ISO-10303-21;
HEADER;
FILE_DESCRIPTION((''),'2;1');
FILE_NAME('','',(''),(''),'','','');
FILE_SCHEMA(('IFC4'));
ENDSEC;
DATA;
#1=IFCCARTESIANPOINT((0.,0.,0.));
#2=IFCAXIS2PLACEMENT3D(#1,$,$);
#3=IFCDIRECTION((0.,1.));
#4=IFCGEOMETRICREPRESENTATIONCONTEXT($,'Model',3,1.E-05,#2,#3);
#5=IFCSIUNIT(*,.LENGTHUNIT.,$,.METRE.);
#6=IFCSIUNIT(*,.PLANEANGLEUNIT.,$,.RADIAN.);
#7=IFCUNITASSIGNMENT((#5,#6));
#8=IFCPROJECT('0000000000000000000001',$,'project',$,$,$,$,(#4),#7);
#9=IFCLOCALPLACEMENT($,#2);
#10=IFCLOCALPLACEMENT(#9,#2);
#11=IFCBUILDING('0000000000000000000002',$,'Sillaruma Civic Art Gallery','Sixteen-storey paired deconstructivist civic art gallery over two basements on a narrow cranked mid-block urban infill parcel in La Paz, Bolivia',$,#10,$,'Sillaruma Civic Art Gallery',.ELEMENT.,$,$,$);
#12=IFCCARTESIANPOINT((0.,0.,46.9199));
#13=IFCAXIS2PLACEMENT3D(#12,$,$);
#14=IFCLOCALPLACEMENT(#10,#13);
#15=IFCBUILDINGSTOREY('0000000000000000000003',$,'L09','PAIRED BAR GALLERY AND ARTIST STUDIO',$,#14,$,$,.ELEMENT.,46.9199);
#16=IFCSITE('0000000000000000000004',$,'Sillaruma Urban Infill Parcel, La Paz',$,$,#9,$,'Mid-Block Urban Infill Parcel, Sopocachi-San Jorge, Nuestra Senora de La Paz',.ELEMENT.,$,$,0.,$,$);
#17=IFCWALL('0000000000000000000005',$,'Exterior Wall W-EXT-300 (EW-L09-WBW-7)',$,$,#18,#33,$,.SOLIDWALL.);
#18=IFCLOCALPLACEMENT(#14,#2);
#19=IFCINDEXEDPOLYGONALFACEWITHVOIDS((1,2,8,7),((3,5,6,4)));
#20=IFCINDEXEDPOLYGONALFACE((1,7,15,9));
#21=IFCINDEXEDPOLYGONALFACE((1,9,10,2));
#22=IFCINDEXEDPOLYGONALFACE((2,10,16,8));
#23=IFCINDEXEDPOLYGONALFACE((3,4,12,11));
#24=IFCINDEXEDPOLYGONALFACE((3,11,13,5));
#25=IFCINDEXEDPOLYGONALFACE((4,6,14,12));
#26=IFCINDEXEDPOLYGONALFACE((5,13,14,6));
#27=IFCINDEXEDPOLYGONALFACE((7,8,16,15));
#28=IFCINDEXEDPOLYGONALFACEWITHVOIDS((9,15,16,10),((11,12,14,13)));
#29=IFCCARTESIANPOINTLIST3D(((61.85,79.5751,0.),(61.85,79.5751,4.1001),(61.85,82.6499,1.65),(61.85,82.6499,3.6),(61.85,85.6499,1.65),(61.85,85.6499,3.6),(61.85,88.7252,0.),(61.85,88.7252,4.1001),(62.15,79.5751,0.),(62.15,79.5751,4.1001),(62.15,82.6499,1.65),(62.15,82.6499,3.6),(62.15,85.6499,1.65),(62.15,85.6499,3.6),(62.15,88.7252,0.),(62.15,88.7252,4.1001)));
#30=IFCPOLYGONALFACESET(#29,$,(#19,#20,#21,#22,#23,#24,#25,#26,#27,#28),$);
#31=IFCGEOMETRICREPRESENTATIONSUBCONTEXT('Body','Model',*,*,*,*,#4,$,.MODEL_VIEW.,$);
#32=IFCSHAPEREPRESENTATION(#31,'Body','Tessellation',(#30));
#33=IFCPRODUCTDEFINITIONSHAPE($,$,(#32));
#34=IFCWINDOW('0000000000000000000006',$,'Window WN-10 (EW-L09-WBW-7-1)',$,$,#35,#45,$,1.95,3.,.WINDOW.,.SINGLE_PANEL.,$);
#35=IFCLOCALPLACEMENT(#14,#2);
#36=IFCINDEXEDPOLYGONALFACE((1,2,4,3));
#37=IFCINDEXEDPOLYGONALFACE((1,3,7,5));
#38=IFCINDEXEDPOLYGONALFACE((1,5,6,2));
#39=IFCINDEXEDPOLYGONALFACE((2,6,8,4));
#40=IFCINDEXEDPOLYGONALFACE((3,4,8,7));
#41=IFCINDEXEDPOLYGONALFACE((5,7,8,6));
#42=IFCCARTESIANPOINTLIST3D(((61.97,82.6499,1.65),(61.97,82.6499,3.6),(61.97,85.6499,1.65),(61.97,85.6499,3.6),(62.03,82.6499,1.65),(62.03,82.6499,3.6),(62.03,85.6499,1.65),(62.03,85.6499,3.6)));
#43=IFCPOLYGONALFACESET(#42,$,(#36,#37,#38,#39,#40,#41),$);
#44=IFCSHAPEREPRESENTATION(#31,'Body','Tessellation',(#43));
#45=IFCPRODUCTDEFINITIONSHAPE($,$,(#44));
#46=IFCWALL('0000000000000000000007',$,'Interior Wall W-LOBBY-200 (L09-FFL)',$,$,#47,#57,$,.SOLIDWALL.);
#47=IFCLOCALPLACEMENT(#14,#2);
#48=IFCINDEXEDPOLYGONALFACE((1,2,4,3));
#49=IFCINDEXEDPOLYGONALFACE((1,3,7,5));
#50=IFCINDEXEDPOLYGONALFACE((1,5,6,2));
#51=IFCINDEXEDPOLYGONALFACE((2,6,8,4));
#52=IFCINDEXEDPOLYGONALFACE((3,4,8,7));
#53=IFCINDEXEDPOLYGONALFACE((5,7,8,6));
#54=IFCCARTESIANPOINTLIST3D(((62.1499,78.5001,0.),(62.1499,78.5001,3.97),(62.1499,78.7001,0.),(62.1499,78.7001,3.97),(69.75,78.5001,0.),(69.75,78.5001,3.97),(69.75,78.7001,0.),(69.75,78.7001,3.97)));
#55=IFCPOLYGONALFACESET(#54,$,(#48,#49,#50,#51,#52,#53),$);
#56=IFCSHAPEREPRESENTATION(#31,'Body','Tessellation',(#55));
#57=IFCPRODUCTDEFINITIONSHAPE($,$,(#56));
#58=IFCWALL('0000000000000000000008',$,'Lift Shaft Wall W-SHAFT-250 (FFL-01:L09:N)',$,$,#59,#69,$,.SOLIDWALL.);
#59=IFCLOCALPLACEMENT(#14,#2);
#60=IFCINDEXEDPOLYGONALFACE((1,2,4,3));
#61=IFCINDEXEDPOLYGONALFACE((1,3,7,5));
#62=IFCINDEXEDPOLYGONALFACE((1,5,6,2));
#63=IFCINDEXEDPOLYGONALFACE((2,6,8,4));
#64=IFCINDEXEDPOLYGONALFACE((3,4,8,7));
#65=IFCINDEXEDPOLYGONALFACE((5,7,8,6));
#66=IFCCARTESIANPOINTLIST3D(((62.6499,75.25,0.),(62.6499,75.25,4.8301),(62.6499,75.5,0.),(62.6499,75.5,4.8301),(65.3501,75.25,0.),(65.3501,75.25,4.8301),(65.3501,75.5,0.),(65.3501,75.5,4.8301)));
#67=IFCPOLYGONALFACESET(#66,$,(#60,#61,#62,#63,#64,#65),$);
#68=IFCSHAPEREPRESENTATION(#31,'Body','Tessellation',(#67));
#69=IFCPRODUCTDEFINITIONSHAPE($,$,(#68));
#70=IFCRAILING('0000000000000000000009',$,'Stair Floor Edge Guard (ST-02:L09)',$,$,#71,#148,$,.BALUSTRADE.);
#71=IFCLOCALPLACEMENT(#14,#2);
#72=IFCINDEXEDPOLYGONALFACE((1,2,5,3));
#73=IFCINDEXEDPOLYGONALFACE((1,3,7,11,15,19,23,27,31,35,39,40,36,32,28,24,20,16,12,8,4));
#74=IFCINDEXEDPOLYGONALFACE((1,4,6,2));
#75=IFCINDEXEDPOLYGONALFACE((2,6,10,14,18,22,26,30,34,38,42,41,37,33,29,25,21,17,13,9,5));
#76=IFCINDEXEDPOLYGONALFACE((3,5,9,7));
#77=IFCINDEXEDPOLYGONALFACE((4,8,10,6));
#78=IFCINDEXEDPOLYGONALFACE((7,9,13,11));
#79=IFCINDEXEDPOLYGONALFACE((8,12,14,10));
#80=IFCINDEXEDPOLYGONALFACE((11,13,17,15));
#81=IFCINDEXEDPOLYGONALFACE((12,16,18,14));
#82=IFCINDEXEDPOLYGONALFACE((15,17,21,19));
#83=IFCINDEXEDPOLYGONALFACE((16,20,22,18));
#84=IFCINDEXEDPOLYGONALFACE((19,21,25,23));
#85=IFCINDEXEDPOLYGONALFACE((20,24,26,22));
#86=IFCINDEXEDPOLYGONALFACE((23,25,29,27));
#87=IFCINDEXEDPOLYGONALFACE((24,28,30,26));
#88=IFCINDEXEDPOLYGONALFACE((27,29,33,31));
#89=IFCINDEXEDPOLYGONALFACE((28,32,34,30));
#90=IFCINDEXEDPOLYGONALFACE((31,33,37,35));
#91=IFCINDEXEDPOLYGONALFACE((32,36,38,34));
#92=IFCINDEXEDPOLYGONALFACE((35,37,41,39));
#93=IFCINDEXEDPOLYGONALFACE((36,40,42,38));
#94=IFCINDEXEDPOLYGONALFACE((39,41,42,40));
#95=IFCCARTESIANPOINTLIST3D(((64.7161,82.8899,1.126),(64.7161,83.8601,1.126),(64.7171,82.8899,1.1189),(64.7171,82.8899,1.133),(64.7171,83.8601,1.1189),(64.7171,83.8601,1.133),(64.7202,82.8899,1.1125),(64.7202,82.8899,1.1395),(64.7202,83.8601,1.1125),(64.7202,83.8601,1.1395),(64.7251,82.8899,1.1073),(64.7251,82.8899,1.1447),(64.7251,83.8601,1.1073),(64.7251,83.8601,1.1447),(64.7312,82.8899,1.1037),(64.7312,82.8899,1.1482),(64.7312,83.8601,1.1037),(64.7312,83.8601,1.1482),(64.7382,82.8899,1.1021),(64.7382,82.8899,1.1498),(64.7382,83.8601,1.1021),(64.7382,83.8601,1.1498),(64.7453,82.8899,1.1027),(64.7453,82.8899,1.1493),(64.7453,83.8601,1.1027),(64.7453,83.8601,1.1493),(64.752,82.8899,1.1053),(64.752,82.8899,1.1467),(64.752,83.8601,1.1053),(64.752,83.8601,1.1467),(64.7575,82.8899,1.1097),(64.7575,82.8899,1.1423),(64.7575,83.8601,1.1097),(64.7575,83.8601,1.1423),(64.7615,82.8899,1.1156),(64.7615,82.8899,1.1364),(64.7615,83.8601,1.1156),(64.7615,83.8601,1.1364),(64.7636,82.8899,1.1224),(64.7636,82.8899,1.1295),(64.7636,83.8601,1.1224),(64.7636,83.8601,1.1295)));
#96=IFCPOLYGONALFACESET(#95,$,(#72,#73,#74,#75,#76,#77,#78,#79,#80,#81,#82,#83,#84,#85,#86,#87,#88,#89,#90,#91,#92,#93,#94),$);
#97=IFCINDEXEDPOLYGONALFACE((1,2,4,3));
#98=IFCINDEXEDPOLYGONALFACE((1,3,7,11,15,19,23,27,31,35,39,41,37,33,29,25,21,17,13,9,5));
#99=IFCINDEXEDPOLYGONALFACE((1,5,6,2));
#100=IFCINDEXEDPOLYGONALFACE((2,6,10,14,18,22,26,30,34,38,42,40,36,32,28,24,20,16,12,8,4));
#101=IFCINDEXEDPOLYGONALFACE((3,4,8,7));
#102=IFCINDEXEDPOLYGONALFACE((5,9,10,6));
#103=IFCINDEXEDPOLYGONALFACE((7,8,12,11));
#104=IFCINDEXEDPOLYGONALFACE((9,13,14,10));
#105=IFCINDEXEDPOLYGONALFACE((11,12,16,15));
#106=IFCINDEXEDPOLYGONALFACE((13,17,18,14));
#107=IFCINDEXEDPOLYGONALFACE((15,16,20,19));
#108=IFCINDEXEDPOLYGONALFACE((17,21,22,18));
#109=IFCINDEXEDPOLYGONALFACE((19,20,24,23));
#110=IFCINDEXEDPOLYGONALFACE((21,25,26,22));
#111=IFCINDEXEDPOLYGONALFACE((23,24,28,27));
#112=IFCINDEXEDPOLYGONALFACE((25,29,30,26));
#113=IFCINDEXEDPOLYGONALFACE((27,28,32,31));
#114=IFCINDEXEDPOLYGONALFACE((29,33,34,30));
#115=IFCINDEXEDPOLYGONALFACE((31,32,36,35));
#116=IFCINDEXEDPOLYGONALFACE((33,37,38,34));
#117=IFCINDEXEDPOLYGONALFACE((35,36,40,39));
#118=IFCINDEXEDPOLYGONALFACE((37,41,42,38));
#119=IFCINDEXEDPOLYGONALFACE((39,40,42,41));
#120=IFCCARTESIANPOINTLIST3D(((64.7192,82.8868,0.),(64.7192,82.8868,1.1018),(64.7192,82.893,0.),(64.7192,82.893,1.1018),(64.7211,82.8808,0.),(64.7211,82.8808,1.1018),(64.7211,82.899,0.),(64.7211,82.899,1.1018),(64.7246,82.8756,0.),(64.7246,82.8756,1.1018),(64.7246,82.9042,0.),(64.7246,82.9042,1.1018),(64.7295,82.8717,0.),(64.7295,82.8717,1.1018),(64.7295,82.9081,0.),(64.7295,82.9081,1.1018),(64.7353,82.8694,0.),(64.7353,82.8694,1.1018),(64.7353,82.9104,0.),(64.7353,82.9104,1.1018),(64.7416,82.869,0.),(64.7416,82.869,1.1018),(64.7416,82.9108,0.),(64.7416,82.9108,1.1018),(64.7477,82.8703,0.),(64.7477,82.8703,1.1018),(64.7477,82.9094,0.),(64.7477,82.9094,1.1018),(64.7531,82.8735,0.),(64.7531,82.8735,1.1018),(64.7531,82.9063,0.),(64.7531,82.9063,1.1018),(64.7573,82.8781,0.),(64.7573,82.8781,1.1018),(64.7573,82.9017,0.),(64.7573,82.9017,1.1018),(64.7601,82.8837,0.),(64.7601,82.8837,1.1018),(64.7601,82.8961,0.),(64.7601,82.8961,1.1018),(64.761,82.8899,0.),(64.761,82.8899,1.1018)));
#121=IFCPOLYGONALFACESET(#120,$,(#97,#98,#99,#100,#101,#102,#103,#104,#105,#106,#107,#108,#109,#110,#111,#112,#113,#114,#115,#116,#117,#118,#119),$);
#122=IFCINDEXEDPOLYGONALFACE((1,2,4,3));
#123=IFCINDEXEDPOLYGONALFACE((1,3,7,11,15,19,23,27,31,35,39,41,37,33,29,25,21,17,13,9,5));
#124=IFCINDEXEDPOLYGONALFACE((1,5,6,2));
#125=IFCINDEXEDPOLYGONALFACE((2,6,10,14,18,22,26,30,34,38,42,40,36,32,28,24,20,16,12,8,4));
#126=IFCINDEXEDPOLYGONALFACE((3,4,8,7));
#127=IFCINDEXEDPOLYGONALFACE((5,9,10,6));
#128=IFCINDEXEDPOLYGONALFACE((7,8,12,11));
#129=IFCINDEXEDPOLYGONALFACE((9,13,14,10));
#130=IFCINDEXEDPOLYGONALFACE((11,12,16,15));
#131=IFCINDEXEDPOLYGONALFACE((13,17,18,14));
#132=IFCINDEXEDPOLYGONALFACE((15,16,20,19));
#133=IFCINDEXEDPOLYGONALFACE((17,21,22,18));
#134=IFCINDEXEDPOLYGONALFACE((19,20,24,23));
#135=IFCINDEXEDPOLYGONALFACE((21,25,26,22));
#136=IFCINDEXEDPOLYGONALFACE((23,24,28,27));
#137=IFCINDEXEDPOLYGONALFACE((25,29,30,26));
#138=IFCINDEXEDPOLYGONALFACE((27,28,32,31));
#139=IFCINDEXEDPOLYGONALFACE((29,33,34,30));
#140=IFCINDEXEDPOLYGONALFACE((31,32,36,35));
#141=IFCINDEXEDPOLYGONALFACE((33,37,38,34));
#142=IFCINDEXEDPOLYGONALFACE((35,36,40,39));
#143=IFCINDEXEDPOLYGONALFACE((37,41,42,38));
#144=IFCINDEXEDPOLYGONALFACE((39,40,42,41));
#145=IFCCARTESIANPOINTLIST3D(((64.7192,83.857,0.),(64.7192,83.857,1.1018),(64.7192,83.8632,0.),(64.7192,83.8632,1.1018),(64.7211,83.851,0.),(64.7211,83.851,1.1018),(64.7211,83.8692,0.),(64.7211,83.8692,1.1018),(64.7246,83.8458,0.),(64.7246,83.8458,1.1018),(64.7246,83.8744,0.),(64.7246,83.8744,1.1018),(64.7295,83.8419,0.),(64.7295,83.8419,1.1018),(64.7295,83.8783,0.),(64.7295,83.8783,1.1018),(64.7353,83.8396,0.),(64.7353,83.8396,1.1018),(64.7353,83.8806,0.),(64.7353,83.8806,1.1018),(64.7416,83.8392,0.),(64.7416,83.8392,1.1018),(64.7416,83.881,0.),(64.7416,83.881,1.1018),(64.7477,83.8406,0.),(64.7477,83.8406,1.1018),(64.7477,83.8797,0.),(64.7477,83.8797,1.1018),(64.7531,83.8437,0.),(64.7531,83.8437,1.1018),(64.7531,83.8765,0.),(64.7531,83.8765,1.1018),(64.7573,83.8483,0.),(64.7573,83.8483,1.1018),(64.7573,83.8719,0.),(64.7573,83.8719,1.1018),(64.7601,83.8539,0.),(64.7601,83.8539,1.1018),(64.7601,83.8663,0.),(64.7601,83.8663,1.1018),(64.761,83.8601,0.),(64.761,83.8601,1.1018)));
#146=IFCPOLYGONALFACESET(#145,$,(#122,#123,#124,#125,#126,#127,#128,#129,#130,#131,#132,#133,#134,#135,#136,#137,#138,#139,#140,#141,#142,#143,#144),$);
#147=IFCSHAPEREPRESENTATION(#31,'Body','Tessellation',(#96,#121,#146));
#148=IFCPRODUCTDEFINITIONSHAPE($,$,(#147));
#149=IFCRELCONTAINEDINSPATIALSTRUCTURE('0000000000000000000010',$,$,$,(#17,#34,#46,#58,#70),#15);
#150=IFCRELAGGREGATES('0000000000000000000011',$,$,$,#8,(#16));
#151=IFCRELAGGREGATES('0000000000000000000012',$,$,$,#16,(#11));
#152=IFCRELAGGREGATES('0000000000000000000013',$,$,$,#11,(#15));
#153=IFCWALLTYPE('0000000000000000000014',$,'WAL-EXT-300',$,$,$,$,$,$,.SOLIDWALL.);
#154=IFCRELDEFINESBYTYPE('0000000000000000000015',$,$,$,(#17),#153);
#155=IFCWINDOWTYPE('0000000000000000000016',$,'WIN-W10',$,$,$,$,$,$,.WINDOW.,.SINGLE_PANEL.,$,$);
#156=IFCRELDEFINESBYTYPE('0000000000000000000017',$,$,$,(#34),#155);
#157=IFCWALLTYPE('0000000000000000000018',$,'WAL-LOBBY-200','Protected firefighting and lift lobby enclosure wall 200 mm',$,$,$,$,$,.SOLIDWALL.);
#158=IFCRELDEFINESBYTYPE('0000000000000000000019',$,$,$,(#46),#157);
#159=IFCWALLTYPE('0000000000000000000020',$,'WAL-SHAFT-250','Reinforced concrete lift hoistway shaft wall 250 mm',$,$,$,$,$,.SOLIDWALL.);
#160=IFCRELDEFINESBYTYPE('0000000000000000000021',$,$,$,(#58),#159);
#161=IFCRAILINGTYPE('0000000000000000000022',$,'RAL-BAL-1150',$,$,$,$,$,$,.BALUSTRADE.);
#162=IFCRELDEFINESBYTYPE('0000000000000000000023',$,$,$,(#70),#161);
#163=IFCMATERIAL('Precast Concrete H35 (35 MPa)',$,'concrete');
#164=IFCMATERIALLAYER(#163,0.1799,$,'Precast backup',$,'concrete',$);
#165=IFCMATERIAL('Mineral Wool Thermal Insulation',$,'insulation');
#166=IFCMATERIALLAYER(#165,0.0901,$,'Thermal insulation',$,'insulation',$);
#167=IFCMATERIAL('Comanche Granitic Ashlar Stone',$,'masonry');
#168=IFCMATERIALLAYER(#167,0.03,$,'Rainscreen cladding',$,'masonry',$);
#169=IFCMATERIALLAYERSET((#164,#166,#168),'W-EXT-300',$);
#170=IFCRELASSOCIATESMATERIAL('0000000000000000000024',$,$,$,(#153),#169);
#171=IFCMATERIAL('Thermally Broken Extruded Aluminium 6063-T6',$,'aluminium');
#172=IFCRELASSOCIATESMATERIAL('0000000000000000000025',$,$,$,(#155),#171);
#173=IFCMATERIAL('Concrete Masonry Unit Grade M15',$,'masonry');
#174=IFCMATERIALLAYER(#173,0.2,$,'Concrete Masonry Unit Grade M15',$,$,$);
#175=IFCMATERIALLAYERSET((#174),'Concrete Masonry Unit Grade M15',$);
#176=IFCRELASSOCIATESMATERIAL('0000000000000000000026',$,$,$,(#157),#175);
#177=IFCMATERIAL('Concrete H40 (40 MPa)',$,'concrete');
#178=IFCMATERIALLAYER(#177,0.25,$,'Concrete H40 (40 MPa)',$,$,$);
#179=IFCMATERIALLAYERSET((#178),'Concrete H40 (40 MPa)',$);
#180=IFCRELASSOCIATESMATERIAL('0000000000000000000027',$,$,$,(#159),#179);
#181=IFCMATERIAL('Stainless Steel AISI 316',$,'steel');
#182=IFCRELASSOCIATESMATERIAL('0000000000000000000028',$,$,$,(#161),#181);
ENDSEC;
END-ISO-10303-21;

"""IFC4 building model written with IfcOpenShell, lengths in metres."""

from ifc_helpers import new_model, si_unit, direction, frame, frame_2d, origin, origin_2d, place, context, subcontext, project, spatial, rectangle, circle, extrude, material, layer, layer_set, type_object, element, fill, save


model = new_model("IFC4")

# Units and contexts
model_context = context("Model", 3, precision=1e-05, world=origin(), true_north=direction((0.0, 1.0)))
body_context = subcontext(model_context, "Body", "Model", "MODEL_VIEW")
ifc_project = project(units=[si_unit("LENGTHUNIT", "METRE"), si_unit("PLANEANGLEUNIT", "RADIAN")], contexts=[model_context])

# Site, building, storey
site_placement = place(None, origin())
site = spatial("IfcSite", under=ifc_project, at=site_placement, Name="Sillaruma Urban Infill Parcel, La Paz", LongName="Mid-Block Urban Infill Parcel, Sopocachi-San Jorge, Nuestra Senora de La Paz", CompositionType="ELEMENT", RefElevation=0.0)
building_placement = place(site_placement, origin())
building = spatial("IfcBuilding", under=site, at=building_placement, Name="Sillaruma Civic Art Gallery", Description="Sixteen-storey paired deconstructivist civic art gallery over two basements on a narrow cranked mid-block urban infill parcel in La Paz, Bolivia", LongName="Sillaruma Civic Art Gallery", CompositionType="ELEMENT")
storey_placement = place(building_placement, frame((0.0, 0.0, 46.9199)))
storey = spatial("IfcBuildingStorey", under=building, at=storey_placement, Name="L09", Description="PAIRED BAR GALLERY AND ARTIST STUDIO", CompositionType="ELEMENT", Elevation=46.9199)

# Shared definitions
ifc_material_1 = material(Name="Concrete H40 (40 MPa)", Category="concrete")

# Shared definitions
ifc_material_2 = material(Name="Thermally Broken Extruded Aluminium 6063-T6", Category="aluminium")

# Wall, opening, window
ifc_material_3 = material(Name="Precast Concrete H35 (35 MPa)", Category="concrete")
ifc_layer_1 = layer(ifc_material_3, 0.1799, Name="Precast backup", Category="concrete")
ifc_material_4 = material(Name="Mineral Wool Thermal Insulation", Category="insulation")
ifc_layer_2 = layer(ifc_material_4, 0.0901, Name="Thermal insulation", Category="insulation")
ifc_material_5 = material(Name="Comanche Granitic Ashlar Stone", Category="masonry")
ifc_layer_3 = layer(ifc_material_5, 0.03, Name="Rainscreen cladding", Category="masonry")
ifc_layer_set_1 = layer_set([ifc_layer_1, ifc_layer_2, ifc_layer_3], Name="W-EXT-300")
wall_type_1 = type_object("IfcWallType", Name="WAL-EXT-300", PredefinedType="SOLIDWALL", material=ifc_layer_set_1)
wall_1_placement = place(storey_placement, frame((62.0, 79.575, 0.0), z_axis=(0.0, 0.0, 1.0), x_axis=(0.0, 1.0, 0.0)))
wall_1 = element("IfcWall", 1, at=wall_1_placement, inside=storey, type_object=wall_type_1, Name="Exterior Wall W-EXT-300 (EW-L09-WBW-7)", PredefinedType="SOLIDWALL", context=body_context, shape_type="SweptSolid", body=[
    extrude(rectangle(XDim=9.1501, YDim=0.3, at=frame_2d((4.5752, 0.0))), origin(), (0.0, 0.0, 1.0), 4.1001),
])
opening_1_placement = place(wall_1_placement, frame((3.075, 0.0, 1.6499)))
opening_1 = element("IfcOpeningElement", 2, at=opening_1_placement, cuts=wall_1, PredefinedType="OPENING", context=body_context, shape_type="SweptSolid", body=[
    extrude(rectangle(XDim=3.0, YDim=1.95, at=frame_2d((1.5, 0.9751))), frame((0.0, 0.1599, 0.0), z_axis=(0.0, -1.0, 0.0), x_axis=(1.0, 0.0, 0.0)), (0.0, 0.0, 1.0), 0.3201),
])
window_type = type_object("IfcWindowType", Name="WIN-W10", PartitioningType="SINGLE_PANEL", PredefinedType="WINDOW", material=ifc_material_2)
window_placement = place(opening_1_placement, origin())
window = element("IfcWindow", 3, at=window_placement, inside=storey, type_object=window_type, Name="Window WN-10 (EW-L09-WBW-7-1)", OverallHeight=1.95, OverallWidth=3.0, PartitioningType="SINGLE_PANEL", PredefinedType="WINDOW", context=body_context, shape_type="SweptSolid", body=[
    extrude(rectangle(XDim=3.0, YDim=1.95, at=frame_2d((1.5, 0.9751))), frame((0.0, 0.03, 0.0), z_axis=(0.0, -1.0, 0.0), x_axis=(1.0, 0.0, 0.0)), (0.0, 0.0, 1.0), 0.0601),
])
fill(opening_1, window)

# Walls
ifc_material_6 = material(Name="Concrete Masonry Unit Grade M15", Category="masonry")
ifc_layer_4 = layer(ifc_material_6, 0.2, Name="Concrete Masonry Unit Grade M15")
ifc_layer_set_2 = layer_set([ifc_layer_4], Name="Concrete Masonry Unit Grade M15")
wall_type_2 = type_object("IfcWallType", Name="WAL-LOBBY-200", Description="Protected firefighting and lift lobby enclosure wall 200 mm", PredefinedType="SOLIDWALL", material=ifc_layer_set_2)
wall_2_placement = place(storey_placement, frame((62.1499, 78.6001, 0.0), z_axis=(0.0, 0.0, 1.0), x_axis=(1.0, 0.0, 0.0)))
element("IfcWall", 4, at=wall_2_placement, inside=storey, type_object=wall_type_2, Name="Interior Wall W-LOBBY-200 (L09-FFL)", PredefinedType="SOLIDWALL", context=body_context, shape_type="SweptSolid", body=[
    extrude(rectangle(XDim=7.6001, YDim=0.2, at=frame_2d((3.8, 0.0))), origin(), (0.0, 0.0, 1.0), 3.97),
])
ifc_layer_5 = layer(ifc_material_1, 0.25, Name="Concrete H40 (40 MPa)")
ifc_layer_set_3 = layer_set([ifc_layer_5], Name="Concrete H40 (40 MPa)")
wall_type_3 = type_object("IfcWallType", Name="WAL-SHAFT-250", Description="Reinforced concrete lift hoistway shaft wall 250 mm", PredefinedType="SOLIDWALL", material=ifc_layer_set_3)
wall_3_placement = place(storey_placement, frame((62.6499, 75.375, 0.0), z_axis=(0.0, 0.0, 1.0), x_axis=(1.0, 0.0, 0.0)))
element("IfcWall", 5, at=wall_3_placement, inside=storey, type_object=wall_type_3, Name="Lift Shaft Wall W-SHAFT-250 (FFL-01:L09:N)", PredefinedType="SOLIDWALL", context=body_context, shape_type="SweptSolid", body=[
    extrude(rectangle(XDim=2.7002, YDim=0.25, at=frame_2d((1.3501, 0.0))), origin(), (0.0, 0.0, 1.0), 4.8301),
])

# Railing
ifc_material_7 = material(Name="Stainless Steel AISI 316", Category="steel")
railing_type = type_object("IfcRailingType", Name="RAL-BAL-1150", PredefinedType="BALUSTRADE", material=ifc_material_7)
railing_1_placement = place(storey_placement, frame((64.74, 82.8899, 0.0)))
element("IfcRailing", 6, at=railing_1_placement, inside=storey, type_object=railing_type, Name="Stair Floor Edge Guard (ST-02:L09)", PredefinedType="BALUSTRADE", context=body_context, shape_type="SweptSolid", body=[
    extrude(circle(Radius=0.0239, at=origin_2d()), frame((0.0, 0.0, 1.126), z_axis=(0.0, 1.0, 0.0), x_axis=(-1.0, 0.0, 0.0)), (0.0, 0.0, 1.0), 0.9702),
    extrude(circle(Radius=0.021, at=origin_2d()), origin(), (0.0, 0.0, 1.0), 1.1018),
    extrude(circle(Radius=0.021, at=origin_2d()), frame((0.0, 0.9702, 0.0)), (0.0, 0.0, 1.0), 1.1018),
])

save(model, "model.ifc")
